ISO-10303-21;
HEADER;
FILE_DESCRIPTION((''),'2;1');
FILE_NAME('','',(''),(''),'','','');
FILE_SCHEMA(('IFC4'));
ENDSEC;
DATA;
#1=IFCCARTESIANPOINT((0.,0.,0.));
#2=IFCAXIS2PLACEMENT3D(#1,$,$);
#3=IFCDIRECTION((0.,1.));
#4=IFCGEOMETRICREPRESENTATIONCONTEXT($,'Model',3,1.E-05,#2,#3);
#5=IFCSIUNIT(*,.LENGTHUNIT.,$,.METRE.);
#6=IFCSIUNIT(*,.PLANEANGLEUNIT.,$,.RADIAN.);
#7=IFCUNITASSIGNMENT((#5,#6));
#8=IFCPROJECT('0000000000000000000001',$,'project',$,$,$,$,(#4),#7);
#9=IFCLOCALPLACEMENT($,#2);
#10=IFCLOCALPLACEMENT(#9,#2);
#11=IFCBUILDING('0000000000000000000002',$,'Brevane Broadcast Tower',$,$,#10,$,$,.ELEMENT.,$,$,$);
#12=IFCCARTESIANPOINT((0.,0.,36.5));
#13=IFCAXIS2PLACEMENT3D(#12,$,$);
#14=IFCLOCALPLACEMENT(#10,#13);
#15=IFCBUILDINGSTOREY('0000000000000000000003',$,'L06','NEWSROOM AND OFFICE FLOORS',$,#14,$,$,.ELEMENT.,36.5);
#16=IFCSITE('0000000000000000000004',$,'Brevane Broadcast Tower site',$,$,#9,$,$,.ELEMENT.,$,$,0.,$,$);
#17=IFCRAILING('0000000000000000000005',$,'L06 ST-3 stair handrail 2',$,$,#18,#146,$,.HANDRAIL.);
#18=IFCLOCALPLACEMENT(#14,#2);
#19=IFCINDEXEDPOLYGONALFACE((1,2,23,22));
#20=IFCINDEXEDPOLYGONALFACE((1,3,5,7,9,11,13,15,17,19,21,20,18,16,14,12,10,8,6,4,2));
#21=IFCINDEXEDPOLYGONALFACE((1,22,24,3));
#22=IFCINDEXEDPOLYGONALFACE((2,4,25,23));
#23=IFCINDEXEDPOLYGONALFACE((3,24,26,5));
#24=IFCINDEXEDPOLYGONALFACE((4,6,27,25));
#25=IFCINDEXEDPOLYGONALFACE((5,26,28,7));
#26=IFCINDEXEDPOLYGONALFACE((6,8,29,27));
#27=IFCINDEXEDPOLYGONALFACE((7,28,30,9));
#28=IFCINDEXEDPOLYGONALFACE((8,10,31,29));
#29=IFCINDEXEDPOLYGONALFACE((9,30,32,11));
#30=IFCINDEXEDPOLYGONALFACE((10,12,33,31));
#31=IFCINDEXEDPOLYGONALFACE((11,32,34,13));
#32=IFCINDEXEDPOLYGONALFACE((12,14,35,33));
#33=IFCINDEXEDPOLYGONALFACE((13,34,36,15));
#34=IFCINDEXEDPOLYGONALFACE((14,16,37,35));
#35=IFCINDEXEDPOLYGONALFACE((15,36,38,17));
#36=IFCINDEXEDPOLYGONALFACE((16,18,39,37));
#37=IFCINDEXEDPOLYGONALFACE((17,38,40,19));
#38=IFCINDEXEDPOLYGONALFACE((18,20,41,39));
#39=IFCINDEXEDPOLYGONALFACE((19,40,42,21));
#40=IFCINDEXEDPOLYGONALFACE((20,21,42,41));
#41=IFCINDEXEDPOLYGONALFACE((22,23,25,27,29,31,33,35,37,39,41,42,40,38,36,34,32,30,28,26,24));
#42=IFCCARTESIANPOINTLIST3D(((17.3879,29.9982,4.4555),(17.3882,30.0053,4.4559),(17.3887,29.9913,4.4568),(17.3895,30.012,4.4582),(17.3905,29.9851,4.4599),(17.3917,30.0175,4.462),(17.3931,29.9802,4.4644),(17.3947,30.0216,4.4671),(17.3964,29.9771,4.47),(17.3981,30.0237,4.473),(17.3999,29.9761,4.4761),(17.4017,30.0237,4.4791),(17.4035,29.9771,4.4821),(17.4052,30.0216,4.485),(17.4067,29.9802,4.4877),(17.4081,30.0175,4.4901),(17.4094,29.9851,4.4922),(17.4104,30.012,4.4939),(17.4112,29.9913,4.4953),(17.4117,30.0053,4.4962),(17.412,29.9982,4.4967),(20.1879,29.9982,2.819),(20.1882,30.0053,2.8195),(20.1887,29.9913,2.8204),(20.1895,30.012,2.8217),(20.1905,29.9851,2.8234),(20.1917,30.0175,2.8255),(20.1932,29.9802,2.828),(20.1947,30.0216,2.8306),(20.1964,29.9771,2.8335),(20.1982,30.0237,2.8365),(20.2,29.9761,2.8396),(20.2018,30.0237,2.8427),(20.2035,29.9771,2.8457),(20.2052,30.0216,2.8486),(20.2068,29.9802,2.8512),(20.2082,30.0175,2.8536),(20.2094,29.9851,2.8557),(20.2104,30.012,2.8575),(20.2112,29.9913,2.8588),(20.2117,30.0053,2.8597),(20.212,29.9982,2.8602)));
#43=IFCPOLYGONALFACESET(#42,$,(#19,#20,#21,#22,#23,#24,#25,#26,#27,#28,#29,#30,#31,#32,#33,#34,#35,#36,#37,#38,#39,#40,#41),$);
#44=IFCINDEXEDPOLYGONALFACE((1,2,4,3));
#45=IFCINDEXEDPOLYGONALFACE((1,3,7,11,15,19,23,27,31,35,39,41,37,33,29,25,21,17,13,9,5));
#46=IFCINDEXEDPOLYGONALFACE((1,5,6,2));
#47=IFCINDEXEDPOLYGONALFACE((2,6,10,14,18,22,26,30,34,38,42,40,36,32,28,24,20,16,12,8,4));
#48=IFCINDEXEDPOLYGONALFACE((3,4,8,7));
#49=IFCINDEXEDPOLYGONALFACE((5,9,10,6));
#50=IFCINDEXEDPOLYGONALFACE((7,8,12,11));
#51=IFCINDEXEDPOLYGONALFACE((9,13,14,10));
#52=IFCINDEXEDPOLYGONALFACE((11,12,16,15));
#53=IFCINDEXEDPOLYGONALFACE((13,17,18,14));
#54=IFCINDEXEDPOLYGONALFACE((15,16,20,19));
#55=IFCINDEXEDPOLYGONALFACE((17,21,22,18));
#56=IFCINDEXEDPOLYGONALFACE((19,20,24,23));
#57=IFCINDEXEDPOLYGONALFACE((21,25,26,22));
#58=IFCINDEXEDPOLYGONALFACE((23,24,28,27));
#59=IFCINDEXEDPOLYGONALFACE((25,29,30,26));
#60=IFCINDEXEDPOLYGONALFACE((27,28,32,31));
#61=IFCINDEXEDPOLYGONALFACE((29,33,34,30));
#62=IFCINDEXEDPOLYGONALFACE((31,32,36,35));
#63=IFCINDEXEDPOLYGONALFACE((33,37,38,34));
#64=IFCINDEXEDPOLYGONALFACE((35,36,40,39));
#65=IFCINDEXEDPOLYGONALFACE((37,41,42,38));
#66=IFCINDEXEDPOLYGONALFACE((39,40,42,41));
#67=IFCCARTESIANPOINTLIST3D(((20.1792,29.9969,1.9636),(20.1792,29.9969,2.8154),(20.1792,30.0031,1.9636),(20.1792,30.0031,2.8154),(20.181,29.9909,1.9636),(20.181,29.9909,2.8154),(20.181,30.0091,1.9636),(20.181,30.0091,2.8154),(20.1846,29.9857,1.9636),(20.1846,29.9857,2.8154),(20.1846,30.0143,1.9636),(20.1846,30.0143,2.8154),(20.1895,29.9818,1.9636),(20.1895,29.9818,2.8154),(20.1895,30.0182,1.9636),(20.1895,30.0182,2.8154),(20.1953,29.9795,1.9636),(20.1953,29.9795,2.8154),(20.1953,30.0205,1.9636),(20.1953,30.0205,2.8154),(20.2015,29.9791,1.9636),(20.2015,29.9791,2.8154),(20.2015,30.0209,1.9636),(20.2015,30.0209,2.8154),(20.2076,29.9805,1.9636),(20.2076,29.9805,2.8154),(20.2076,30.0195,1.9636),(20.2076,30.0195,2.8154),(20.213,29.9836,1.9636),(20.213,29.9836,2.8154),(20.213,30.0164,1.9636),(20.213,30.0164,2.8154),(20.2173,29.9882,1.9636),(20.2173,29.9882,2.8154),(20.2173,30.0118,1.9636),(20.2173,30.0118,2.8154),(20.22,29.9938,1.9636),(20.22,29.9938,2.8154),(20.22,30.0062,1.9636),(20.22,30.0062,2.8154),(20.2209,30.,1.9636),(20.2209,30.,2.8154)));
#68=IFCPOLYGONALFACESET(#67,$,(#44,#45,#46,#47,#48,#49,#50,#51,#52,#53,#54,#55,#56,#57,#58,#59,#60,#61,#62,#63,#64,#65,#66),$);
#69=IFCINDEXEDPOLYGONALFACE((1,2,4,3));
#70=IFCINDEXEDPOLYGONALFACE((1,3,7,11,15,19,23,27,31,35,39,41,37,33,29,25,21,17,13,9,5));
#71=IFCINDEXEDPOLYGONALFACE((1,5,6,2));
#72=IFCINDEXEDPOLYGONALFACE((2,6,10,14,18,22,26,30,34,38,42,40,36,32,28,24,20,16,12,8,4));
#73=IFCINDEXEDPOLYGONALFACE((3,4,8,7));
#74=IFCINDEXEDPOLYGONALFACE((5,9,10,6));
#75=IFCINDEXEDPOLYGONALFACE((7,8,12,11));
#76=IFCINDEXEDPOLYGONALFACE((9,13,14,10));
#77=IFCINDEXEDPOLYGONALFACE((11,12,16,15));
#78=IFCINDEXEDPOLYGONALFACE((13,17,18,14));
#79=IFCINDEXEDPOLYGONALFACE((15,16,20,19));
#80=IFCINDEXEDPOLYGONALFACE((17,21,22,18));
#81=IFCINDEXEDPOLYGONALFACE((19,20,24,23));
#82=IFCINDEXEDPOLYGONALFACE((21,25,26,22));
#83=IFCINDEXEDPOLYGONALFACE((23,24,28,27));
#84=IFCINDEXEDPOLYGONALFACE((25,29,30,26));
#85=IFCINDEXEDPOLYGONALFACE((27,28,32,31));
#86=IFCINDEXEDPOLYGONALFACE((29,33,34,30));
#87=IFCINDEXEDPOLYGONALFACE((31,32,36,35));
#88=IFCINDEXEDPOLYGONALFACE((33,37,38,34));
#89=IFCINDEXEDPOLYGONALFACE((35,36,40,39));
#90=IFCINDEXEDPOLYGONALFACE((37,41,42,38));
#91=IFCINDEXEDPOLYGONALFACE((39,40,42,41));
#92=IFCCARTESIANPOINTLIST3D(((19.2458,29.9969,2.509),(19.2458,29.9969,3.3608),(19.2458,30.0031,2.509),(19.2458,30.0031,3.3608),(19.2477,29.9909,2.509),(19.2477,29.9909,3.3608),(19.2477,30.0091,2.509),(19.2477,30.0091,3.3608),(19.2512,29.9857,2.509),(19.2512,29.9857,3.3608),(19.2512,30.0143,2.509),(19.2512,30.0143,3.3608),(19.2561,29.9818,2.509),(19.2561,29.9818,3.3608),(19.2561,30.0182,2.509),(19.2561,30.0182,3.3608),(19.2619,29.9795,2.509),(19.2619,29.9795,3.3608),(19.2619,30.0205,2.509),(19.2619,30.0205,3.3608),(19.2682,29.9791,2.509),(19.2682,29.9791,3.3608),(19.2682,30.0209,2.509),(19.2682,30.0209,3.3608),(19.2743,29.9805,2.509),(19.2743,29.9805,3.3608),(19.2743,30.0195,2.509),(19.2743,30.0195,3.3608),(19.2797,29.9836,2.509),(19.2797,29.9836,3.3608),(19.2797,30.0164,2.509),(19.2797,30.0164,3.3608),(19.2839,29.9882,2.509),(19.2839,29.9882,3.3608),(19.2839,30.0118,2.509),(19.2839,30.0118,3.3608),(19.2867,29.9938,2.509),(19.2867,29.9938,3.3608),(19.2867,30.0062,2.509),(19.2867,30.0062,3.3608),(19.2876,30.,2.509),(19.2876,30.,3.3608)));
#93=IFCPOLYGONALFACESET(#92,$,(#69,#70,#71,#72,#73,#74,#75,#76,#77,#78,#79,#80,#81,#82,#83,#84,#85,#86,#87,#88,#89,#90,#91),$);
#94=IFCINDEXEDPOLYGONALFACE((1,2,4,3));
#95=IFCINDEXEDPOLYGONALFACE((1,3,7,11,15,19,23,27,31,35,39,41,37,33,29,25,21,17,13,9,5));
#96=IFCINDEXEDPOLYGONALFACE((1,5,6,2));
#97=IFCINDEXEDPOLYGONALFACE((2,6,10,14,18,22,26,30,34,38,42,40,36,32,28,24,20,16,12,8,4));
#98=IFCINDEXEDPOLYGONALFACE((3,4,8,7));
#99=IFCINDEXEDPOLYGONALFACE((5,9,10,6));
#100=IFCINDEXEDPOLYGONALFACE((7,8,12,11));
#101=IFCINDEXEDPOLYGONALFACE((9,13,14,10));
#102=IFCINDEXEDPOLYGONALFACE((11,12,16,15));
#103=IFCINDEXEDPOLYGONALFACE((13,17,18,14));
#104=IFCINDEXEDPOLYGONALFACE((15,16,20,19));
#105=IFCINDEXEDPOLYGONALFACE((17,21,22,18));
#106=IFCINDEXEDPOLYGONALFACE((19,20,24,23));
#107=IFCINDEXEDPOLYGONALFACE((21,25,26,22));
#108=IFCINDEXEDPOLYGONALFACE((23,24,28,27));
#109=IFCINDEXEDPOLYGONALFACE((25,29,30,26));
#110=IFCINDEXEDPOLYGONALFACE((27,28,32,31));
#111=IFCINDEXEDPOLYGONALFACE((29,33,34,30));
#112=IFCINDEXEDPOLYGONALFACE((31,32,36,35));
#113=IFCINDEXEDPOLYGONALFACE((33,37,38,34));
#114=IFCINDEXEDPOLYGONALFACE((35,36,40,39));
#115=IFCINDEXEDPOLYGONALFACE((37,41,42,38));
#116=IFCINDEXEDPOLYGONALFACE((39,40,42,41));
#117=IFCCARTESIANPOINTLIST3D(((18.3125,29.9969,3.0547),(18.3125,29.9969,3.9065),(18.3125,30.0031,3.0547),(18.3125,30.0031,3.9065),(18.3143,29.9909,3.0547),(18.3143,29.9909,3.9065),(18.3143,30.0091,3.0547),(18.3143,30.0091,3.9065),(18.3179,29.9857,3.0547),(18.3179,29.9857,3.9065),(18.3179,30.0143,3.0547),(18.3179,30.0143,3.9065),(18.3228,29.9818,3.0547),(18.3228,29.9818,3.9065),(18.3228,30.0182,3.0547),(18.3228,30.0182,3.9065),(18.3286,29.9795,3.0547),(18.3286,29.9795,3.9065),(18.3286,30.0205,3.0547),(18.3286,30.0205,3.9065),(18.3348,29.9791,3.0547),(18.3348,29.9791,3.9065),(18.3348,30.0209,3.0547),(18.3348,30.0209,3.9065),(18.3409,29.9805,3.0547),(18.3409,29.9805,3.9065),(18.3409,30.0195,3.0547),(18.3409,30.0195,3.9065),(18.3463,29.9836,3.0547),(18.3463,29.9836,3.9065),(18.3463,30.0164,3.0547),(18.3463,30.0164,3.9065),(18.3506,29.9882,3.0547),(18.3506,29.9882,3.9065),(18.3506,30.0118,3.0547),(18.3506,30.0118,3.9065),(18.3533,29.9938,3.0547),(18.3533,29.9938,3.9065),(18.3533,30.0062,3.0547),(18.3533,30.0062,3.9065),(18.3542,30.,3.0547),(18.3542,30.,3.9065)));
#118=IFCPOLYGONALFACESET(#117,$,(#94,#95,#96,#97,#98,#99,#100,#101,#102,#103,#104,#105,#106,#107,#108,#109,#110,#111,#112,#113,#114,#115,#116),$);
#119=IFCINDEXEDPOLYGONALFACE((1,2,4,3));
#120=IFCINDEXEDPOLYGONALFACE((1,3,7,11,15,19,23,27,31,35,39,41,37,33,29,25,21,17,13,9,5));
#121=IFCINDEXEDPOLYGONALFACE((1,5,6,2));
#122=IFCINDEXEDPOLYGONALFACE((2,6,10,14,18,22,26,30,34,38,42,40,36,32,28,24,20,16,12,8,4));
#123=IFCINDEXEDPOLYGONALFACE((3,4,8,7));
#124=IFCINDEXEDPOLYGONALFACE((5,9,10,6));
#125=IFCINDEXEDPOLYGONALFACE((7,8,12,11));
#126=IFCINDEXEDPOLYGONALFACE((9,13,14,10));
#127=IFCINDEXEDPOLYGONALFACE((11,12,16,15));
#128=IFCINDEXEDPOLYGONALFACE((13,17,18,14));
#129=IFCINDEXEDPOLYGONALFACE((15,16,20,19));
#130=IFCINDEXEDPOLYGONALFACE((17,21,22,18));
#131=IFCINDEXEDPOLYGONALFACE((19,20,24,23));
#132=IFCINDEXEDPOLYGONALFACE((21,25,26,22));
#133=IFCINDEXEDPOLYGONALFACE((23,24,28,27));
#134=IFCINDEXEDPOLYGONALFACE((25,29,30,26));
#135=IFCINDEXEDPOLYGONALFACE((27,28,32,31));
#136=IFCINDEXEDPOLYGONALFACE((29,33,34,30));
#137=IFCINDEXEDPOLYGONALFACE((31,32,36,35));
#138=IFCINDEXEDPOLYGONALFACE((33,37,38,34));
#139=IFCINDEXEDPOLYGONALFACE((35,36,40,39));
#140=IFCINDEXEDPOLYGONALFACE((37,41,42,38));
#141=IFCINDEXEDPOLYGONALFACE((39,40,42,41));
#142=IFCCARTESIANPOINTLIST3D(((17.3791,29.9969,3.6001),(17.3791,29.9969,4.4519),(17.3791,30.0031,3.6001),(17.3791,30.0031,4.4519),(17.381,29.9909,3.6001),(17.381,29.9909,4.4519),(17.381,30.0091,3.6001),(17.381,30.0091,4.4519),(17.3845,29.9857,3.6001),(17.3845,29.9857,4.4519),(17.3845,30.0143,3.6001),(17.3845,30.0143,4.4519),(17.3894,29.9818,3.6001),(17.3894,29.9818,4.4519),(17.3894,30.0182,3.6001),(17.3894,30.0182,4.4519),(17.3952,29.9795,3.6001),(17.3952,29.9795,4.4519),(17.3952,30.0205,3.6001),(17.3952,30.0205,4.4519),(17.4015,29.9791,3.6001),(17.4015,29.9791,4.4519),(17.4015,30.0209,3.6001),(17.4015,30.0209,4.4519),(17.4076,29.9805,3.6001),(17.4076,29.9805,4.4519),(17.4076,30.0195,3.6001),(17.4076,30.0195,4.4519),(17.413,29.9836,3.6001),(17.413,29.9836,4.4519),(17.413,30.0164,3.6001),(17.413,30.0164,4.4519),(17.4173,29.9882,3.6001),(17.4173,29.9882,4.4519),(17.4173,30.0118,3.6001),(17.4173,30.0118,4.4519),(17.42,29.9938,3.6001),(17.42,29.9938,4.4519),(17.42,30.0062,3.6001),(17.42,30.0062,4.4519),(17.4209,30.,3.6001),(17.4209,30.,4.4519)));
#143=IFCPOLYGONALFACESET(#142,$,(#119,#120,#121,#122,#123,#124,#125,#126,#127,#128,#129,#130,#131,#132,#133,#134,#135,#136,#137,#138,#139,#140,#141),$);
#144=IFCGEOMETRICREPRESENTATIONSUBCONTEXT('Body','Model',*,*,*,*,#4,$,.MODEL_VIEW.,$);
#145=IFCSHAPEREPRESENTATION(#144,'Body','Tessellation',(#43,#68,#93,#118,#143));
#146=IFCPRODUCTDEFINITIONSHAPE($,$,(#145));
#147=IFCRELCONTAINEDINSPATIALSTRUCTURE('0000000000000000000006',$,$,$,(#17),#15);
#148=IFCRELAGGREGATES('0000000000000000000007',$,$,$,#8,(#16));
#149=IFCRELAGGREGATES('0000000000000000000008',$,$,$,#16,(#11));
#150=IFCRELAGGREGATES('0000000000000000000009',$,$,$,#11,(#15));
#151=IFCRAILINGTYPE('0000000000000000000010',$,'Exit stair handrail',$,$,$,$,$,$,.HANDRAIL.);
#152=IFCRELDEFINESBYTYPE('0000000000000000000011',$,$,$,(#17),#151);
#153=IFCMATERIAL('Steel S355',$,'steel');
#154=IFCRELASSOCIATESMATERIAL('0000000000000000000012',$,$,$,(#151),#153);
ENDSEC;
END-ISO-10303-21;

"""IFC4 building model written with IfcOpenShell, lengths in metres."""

from ifc_helpers import new_model, si_unit, direction, frame, origin, origin_2d, place, context, subcontext, project, spatial, circle, extrude, material, type_object, element, save


model = new_model("IFC4")

# Units and contexts
model_context = context("Model", 3, precision=1e-05, world=origin(), true_north=direction((0.0, 1.0)))
body_context = subcontext(model_context, "Body", "Model", "MODEL_VIEW")
ifc_project = project(units=[si_unit("LENGTHUNIT", "METRE"), si_unit("PLANEANGLEUNIT", "RADIAN")], contexts=[model_context])

# Site, building, storey
site_placement = place(None, origin())
site = spatial("IfcSite", under=ifc_project, at=site_placement, Name="Brevane Broadcast Tower site", CompositionType="ELEMENT", RefElevation=0.0)
building_placement = place(site_placement, origin())
building = spatial("IfcBuilding", under=site, at=building_placement, Name="Brevane Broadcast Tower", CompositionType="ELEMENT")
storey_placement = place(building_placement, frame((0.0, 0.0, 36.5)))
storey = spatial("IfcBuildingStorey", under=building, at=storey_placement, Name="L06", Description="NEWSROOM AND OFFICE FLOORS", CompositionType="ELEMENT", Elevation=36.5)

# Shared definitions
ifc_material_1 = material(Name="Steel S355", Category="steel")

# Railing
railing_type_1 = type_object("IfcRailingType", Name="Exit stair handrail", PredefinedType="HANDRAIL", material=ifc_material_1)
railing_1_placement = place(storey_placement, frame((20.2, 30.0, 1.9636)))
element("IfcRailing", 1, at=railing_1_placement, inside=storey, type_object=railing_type_1, Name="L06 ST-3 stair handrail 2", PredefinedType="HANDRAIL", context=body_context, shape_type="SweptSolid", body=[
    extrude(circle(Radius=0.0239, at=origin_2d()), frame((0.0, 0.0, 0.876), z_axis=(-0.863361, 0.0, 0.504587), x_axis=(0.0, -1.0, 0.0)), (0.0, 0.0, 1.0), 3.2432),
    extrude(circle(Radius=0.021, at=origin_2d()), origin(), (0.0, 0.0, 1.0), 0.8518),
    extrude(circle(Radius=0.021, at=origin_2d()), frame((-0.9333, 0.0, 0.5454)), (0.0, 0.0, 1.0), 0.8518),
    extrude(circle(Radius=0.021, at=origin_2d()), frame((-1.8667, 0.0, 1.0911)), (0.0, 0.0, 1.0), 0.8518),
    extrude(circle(Radius=0.021, at=origin_2d()), frame((-2.8, 0.0, 1.6365)), (0.0, 0.0, 1.0), 0.8518),
])

save(model, "model.ifc")
